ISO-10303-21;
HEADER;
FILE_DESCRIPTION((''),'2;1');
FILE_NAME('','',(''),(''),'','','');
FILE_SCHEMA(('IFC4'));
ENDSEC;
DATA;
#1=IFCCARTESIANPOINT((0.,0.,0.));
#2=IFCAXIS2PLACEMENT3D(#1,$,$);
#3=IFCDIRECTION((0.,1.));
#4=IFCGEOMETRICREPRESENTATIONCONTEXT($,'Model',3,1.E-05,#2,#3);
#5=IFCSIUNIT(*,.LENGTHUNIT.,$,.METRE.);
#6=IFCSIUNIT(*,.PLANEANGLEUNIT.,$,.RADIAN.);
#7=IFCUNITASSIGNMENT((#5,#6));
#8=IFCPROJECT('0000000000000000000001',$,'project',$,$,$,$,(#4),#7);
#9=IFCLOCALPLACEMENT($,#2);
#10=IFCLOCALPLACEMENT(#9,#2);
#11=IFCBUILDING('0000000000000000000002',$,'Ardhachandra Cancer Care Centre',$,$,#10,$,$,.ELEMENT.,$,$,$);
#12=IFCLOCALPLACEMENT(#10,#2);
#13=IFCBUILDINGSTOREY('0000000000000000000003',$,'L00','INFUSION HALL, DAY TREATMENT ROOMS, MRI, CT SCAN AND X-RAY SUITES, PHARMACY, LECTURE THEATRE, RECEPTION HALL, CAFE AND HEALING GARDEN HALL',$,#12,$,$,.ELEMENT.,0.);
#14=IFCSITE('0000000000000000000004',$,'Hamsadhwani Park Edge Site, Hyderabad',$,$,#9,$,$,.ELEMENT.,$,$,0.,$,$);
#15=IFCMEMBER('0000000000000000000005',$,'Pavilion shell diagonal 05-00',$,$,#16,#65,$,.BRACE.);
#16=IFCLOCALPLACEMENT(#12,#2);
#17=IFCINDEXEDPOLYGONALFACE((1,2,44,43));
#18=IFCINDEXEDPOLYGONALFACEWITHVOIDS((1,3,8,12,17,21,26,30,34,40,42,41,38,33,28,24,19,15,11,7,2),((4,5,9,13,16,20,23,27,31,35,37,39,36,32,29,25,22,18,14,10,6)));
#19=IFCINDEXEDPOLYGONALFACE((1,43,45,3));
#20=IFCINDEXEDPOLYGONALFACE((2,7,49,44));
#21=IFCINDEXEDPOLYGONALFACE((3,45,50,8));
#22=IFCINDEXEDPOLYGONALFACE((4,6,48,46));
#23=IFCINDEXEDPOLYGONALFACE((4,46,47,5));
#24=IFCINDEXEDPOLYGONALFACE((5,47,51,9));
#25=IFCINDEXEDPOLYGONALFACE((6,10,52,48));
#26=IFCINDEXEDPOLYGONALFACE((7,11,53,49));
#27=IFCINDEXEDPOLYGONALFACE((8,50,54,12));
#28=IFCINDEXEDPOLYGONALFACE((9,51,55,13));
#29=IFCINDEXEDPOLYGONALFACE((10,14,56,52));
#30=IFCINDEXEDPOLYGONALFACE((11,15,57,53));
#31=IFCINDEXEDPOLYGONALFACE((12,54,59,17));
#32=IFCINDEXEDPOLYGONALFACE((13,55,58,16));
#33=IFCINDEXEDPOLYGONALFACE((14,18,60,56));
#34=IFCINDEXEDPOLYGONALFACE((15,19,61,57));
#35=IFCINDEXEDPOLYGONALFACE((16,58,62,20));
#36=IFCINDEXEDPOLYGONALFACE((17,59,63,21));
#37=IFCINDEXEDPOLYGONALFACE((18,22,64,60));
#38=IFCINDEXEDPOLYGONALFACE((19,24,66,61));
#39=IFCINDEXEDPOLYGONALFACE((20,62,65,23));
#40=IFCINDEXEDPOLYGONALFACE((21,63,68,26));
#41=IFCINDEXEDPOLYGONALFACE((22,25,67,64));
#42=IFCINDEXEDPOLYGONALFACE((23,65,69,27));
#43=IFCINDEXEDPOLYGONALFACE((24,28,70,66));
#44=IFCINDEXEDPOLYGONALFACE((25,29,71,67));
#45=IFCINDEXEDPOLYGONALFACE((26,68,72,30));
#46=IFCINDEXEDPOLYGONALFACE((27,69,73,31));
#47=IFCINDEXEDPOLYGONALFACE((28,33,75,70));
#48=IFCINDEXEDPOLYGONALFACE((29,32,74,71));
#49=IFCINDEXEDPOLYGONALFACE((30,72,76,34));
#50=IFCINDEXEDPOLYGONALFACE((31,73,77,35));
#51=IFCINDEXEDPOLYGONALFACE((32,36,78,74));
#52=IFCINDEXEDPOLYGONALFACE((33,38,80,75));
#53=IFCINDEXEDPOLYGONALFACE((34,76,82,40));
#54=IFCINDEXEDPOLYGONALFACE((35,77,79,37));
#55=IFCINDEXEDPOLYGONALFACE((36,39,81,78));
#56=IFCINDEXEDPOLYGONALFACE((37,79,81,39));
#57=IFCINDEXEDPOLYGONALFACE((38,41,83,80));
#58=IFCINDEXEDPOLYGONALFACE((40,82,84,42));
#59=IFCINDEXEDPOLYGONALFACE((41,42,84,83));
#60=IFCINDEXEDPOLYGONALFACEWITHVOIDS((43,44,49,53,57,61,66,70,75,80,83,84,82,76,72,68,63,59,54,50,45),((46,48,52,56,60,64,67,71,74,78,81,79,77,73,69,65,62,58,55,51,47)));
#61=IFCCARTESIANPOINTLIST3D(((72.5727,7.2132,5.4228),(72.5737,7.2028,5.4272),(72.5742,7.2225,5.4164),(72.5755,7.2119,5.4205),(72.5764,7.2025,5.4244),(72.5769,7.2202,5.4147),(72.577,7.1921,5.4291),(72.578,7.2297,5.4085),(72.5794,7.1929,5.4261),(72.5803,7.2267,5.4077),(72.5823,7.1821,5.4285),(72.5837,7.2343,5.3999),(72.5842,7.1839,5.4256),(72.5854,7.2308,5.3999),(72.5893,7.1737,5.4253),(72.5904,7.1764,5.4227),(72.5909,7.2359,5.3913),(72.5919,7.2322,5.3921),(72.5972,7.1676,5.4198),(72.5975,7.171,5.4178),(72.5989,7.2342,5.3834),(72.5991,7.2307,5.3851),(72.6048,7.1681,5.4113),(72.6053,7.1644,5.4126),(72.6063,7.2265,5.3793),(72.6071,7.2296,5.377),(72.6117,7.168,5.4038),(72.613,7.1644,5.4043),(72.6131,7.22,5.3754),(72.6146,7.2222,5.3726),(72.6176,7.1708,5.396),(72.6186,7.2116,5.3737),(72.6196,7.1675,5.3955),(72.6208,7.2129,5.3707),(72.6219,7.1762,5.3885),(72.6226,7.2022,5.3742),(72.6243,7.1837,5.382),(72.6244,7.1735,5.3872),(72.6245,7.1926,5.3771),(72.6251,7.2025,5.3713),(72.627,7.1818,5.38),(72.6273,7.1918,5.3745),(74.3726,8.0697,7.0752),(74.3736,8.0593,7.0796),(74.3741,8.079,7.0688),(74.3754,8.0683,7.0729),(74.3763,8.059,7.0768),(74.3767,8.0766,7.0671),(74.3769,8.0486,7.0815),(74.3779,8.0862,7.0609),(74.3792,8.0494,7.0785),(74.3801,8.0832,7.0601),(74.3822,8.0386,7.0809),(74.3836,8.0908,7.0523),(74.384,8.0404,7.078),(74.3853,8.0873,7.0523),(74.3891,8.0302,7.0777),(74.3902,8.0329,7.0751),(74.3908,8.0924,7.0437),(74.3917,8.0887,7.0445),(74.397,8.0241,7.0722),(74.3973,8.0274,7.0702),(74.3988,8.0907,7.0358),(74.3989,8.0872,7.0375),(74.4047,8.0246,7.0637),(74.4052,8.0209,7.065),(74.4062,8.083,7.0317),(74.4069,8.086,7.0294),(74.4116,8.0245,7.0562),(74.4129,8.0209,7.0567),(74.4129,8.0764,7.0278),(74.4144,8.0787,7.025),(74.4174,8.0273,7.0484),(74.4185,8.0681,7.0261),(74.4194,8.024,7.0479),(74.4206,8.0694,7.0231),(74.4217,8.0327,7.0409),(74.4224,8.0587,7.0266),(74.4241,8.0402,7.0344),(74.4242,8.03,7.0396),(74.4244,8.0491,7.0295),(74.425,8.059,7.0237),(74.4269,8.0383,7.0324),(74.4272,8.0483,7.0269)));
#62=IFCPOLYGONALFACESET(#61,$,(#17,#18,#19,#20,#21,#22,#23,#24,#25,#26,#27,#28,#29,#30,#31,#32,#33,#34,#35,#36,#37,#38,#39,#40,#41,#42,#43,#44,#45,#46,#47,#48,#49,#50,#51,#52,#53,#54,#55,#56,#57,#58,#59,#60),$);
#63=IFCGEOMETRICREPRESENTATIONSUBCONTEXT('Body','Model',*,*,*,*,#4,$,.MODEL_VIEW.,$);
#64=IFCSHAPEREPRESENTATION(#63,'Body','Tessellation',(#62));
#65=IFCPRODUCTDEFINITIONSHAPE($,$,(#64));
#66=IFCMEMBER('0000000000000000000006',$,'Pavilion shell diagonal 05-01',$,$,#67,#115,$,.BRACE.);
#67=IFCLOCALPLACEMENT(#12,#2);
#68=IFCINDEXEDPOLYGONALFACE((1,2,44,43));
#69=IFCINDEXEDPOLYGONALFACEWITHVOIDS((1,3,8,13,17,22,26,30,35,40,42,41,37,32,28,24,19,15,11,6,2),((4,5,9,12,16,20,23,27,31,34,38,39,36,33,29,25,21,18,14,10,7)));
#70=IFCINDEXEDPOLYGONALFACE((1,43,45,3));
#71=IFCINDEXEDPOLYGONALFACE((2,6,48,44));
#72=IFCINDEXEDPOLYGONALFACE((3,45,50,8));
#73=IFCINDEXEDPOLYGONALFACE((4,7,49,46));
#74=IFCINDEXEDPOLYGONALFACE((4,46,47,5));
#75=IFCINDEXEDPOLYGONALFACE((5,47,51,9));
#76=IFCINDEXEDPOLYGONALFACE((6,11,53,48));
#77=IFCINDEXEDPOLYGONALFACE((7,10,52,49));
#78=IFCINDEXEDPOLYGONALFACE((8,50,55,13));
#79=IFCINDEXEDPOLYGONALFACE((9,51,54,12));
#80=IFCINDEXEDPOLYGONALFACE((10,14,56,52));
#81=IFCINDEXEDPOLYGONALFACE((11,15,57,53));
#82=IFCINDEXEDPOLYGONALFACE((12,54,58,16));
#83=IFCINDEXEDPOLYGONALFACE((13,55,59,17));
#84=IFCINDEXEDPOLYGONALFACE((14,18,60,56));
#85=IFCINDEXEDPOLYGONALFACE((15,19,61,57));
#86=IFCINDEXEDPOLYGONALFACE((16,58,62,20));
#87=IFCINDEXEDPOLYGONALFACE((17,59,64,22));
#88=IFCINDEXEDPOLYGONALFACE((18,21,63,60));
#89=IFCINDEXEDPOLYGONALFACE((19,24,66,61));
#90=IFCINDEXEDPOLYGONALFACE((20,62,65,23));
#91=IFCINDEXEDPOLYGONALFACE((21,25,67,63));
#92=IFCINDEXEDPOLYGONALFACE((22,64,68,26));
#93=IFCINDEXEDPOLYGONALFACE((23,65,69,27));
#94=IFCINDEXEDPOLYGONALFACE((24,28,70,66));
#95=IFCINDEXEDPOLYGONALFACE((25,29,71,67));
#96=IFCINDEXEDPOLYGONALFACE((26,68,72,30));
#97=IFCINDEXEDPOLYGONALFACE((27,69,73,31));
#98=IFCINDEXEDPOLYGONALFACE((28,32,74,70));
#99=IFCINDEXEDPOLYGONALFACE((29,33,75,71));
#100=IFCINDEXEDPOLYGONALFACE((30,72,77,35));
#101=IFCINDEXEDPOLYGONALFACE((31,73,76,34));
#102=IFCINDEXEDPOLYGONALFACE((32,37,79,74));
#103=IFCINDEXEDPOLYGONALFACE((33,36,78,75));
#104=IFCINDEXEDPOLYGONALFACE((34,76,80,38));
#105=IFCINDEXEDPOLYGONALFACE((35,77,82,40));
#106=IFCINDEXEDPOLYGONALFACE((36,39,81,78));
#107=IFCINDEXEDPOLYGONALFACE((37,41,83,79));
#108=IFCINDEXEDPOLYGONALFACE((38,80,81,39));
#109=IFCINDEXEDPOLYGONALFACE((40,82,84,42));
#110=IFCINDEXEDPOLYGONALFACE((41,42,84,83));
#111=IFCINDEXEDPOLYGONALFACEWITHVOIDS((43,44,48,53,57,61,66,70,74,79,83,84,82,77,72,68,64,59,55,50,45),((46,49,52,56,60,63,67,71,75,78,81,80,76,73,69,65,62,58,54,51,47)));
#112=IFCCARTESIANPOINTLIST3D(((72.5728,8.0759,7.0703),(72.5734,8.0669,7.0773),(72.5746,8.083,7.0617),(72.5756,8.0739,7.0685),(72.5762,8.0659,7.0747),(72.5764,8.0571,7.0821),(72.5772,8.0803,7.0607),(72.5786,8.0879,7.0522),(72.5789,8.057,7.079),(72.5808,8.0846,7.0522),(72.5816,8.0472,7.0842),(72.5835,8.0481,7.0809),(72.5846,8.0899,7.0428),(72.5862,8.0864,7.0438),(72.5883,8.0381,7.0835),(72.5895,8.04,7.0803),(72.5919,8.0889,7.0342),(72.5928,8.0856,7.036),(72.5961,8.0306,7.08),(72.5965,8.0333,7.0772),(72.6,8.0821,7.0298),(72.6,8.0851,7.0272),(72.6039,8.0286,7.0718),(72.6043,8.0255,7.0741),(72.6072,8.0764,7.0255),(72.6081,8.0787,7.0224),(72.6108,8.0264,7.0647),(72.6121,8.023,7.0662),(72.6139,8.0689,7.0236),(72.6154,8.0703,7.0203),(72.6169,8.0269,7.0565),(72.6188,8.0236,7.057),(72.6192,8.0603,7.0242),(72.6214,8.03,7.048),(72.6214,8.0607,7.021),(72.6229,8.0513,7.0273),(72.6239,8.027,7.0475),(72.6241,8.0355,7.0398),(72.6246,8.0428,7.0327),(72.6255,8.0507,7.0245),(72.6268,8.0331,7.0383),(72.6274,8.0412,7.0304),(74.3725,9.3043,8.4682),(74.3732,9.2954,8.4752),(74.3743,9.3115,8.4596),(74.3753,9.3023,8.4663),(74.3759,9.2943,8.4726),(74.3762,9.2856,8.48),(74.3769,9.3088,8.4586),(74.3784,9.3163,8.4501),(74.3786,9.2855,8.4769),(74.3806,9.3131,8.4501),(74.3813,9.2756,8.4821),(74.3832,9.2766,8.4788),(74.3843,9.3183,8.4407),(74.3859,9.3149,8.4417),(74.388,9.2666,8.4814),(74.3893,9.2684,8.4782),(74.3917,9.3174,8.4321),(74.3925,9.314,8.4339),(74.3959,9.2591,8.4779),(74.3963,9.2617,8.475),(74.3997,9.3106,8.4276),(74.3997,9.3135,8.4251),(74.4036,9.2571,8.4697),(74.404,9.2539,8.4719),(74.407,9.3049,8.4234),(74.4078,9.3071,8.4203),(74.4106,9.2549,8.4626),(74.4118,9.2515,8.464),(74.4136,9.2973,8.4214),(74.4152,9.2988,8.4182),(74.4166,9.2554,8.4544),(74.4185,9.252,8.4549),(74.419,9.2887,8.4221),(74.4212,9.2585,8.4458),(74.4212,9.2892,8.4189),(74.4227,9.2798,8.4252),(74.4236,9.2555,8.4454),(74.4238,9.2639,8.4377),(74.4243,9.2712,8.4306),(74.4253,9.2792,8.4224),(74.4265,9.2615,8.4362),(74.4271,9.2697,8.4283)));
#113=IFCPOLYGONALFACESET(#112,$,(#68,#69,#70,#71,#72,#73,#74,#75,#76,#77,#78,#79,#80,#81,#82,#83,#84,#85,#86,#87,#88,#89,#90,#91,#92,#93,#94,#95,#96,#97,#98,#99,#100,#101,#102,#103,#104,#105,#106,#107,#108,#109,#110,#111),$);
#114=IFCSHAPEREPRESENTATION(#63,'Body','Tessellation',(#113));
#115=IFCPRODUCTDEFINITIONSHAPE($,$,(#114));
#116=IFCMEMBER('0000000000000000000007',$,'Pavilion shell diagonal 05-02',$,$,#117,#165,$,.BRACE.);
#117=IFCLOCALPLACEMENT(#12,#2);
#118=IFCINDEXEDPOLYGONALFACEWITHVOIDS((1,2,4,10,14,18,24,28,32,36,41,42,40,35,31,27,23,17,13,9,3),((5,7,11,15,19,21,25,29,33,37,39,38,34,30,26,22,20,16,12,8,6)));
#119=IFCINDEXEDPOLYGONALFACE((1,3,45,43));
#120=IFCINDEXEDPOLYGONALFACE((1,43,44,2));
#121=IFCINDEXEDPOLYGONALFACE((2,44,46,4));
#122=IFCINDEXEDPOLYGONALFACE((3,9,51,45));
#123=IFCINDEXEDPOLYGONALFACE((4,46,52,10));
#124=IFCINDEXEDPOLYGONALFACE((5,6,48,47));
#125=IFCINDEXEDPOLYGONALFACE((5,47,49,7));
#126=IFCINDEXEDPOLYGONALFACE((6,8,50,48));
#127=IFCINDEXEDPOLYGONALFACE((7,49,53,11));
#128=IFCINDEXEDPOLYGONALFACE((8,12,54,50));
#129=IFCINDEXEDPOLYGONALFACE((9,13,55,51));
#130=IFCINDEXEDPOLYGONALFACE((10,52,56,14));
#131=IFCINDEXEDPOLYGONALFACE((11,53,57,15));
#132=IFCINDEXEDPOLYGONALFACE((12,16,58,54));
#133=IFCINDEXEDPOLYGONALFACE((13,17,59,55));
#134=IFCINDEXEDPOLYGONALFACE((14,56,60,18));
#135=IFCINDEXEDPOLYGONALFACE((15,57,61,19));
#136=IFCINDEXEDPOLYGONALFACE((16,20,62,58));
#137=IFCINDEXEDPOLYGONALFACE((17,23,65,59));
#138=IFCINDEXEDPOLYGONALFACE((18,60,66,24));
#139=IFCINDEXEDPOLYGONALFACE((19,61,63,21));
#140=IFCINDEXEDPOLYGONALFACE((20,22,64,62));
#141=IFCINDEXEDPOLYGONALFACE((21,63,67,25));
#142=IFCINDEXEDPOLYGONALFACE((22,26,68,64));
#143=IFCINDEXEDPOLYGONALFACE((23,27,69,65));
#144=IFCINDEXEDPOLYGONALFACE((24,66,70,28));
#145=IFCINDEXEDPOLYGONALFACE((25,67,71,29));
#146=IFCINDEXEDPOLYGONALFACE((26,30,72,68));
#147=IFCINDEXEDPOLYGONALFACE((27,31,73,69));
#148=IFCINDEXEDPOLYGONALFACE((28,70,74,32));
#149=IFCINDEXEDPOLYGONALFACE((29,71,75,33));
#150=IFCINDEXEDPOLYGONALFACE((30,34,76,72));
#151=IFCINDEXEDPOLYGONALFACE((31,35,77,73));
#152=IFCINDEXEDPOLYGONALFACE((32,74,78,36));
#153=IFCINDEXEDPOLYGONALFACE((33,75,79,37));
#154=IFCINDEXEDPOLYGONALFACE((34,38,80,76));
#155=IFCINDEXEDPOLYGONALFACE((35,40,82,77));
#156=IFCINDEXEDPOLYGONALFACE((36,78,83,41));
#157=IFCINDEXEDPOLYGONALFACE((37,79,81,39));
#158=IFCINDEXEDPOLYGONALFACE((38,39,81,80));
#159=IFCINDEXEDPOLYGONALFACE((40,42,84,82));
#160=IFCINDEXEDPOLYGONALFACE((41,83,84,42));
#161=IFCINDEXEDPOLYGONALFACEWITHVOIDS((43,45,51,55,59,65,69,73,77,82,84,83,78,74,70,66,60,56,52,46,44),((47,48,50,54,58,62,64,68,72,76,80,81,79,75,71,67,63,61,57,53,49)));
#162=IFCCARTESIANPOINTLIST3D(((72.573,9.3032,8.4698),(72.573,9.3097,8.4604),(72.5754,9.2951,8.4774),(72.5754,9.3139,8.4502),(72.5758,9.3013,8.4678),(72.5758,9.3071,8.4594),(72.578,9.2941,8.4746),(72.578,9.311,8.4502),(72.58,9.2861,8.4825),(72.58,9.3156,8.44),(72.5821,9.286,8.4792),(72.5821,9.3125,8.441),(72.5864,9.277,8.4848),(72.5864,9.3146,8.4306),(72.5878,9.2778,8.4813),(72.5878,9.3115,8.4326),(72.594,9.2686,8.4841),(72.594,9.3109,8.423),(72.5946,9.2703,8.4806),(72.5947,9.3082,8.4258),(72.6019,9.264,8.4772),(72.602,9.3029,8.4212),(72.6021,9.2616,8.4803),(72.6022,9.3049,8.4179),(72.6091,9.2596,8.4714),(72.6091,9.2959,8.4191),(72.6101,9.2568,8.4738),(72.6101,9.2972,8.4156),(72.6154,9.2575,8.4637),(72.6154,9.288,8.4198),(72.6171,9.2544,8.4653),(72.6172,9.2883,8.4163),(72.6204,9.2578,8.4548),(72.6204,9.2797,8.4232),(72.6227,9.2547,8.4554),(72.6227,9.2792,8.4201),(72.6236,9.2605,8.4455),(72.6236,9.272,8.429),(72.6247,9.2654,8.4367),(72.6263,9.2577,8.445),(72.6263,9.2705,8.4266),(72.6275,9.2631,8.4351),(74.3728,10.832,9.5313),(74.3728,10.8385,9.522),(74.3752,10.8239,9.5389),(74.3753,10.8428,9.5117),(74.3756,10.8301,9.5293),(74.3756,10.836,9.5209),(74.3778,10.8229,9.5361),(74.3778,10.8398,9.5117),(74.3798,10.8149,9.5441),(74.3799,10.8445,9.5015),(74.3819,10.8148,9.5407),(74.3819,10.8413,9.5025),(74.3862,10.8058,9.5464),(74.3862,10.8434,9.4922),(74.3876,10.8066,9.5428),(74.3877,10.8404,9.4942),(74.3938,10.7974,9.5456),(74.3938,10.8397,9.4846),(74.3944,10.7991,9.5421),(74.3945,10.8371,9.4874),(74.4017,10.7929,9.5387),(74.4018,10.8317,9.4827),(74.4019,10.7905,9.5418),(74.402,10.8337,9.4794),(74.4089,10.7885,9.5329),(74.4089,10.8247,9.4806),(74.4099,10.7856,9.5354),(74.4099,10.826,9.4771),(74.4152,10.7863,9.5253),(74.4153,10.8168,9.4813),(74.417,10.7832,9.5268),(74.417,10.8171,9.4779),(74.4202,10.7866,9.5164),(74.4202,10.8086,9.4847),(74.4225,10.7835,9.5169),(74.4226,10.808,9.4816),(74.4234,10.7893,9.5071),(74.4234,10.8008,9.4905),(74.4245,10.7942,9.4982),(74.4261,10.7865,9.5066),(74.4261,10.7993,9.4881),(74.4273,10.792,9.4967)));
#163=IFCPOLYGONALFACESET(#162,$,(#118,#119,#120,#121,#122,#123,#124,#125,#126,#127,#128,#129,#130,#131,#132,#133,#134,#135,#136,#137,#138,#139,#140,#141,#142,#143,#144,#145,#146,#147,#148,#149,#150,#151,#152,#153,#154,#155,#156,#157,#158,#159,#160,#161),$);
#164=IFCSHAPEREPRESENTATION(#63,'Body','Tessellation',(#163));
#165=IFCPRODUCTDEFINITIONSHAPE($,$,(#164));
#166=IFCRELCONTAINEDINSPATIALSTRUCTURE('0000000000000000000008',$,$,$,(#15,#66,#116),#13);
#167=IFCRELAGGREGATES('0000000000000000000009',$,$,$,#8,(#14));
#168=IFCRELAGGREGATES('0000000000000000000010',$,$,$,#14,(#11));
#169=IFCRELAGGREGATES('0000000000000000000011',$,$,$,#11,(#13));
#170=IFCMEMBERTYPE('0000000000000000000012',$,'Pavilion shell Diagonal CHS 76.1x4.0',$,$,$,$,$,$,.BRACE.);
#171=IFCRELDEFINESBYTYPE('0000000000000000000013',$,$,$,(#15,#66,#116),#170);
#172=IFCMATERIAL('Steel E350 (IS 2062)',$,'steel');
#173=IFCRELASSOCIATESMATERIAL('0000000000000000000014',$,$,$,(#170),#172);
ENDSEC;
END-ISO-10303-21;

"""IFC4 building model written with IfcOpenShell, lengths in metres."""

from ifc_helpers import new_model, si_unit, direction, frame, origin, origin_2d, place, context, subcontext, project, spatial, hollow_circle, extrude, material, material_profile, profile_set, type_object, element, save


model = new_model("IFC4")

# Units and contexts
model_context = context("Model", 3, precision=1e-05, world=origin(), true_north=direction((0.0, 1.0)))
body_context = subcontext(model_context, "Body", "Model", "MODEL_VIEW")
ifc_project = project(units=[si_unit("LENGTHUNIT", "METRE"), si_unit("PLANEANGLEUNIT", "RADIAN")], contexts=[model_context])

# Site, building, storey
site_placement = place(None, origin())
site = spatial("IfcSite", under=ifc_project, at=site_placement, Name="Hamsadhwani Park Edge Site, Hyderabad", CompositionType="ELEMENT", RefElevation=0.0)
building_placement = place(site_placement, origin())
building = spatial("IfcBuilding", under=site, at=building_placement, Name="Ardhachandra Cancer Care Centre", CompositionType="ELEMENT")
storey_placement = place(building_placement, origin())
storey = spatial("IfcBuildingStorey", under=building, at=storey_placement, Name="L00", Description="INFUSION HALL, DAY TREATMENT ROOMS, MRI, CT SCAN AND X-RAY SUITES, PHARMACY, LECTURE THEATRE, RECEPTION HALL, CAFE AND HEALING GARDEN HALL", CompositionType="ELEMENT", Elevation=0.0)

# Members
ifc_material_1 = material(Name="Steel E350 (IS 2062)", Category="steel")
ifc_material_profile_1 = material_profile(ifc_material_1, hollow_circle(Radius=0.0381, WallThickness=0.0039, at=origin_2d()), Name="CHS 76.1x4.0")
ifc_profile_set_1 = profile_set([ifc_material_profile_1], Name="Steel E350 (IS 2062)")
member_type_1 = type_object("IfcMemberType", Name="Pavilion shell Diagonal CHS 76.1x4.0", PredefinedType="BRACE", material=ifc_profile_set_1)
for number, where, z_axis, x_axis, name in (
    (1, (72.6001, 7.2, 5.3999), (0.695168, 0.330799, 0.638212), (-0.429686, 0.902978, 0.0), "Pavilion shell diagonal 05-00"),
):
    element("IfcMember", number, at=place(storey_placement, frame(where, z_axis=z_axis, x_axis=x_axis)), inside=storey, type_object=member_type_1, Name=name, PredefinedType="BRACE", context=body_context, shape_type="SweptSolid", body=[
        extrude(hollow_circle(Radius=0.0381, WallThickness=0.0039, at=origin_2d()), origin(), (0.0, 0.0, 1.0), 2.5891),
    ])
member_1_placement = place(storey_placement, frame((72.6001, 8.0564, 7.0522), z_axis=(0.695179, 0.474518, 0.539962), x_axis=(-0.563768, 0.825933, 0.0)))
element("IfcMember", 2, at=member_1_placement, inside=storey, type_object=member_type_1, Name="Pavilion shell diagonal 05-01", PredefinedType="BRACE", context=body_context, shape_type="SweptSolid", body=[
    extrude(hollow_circle(Radius=0.0381, WallThickness=0.0039, at=origin_2d()), origin(), (0.0, 0.0, 1.0), 2.5889),
])
member_2_placement = place(storey_placement, frame((72.6001, 9.2849, 8.4502), z_axis=(0.69515, 0.590481, 0.409999), x_axis=(-0.647396, 0.762154, 0.0)))
element("IfcMember", 3, at=member_2_placement, inside=storey, type_object=member_type_1, Name="Pavilion shell diagonal 05-02", PredefinedType="BRACE", context=body_context, shape_type="SweptSolid", body=[
    extrude(hollow_circle(Radius=0.0381, WallThickness=0.0039, at=origin_2d()), origin(), (0.0, 0.0, 1.0), 2.5891),
])

save(model, "model.ifc")
